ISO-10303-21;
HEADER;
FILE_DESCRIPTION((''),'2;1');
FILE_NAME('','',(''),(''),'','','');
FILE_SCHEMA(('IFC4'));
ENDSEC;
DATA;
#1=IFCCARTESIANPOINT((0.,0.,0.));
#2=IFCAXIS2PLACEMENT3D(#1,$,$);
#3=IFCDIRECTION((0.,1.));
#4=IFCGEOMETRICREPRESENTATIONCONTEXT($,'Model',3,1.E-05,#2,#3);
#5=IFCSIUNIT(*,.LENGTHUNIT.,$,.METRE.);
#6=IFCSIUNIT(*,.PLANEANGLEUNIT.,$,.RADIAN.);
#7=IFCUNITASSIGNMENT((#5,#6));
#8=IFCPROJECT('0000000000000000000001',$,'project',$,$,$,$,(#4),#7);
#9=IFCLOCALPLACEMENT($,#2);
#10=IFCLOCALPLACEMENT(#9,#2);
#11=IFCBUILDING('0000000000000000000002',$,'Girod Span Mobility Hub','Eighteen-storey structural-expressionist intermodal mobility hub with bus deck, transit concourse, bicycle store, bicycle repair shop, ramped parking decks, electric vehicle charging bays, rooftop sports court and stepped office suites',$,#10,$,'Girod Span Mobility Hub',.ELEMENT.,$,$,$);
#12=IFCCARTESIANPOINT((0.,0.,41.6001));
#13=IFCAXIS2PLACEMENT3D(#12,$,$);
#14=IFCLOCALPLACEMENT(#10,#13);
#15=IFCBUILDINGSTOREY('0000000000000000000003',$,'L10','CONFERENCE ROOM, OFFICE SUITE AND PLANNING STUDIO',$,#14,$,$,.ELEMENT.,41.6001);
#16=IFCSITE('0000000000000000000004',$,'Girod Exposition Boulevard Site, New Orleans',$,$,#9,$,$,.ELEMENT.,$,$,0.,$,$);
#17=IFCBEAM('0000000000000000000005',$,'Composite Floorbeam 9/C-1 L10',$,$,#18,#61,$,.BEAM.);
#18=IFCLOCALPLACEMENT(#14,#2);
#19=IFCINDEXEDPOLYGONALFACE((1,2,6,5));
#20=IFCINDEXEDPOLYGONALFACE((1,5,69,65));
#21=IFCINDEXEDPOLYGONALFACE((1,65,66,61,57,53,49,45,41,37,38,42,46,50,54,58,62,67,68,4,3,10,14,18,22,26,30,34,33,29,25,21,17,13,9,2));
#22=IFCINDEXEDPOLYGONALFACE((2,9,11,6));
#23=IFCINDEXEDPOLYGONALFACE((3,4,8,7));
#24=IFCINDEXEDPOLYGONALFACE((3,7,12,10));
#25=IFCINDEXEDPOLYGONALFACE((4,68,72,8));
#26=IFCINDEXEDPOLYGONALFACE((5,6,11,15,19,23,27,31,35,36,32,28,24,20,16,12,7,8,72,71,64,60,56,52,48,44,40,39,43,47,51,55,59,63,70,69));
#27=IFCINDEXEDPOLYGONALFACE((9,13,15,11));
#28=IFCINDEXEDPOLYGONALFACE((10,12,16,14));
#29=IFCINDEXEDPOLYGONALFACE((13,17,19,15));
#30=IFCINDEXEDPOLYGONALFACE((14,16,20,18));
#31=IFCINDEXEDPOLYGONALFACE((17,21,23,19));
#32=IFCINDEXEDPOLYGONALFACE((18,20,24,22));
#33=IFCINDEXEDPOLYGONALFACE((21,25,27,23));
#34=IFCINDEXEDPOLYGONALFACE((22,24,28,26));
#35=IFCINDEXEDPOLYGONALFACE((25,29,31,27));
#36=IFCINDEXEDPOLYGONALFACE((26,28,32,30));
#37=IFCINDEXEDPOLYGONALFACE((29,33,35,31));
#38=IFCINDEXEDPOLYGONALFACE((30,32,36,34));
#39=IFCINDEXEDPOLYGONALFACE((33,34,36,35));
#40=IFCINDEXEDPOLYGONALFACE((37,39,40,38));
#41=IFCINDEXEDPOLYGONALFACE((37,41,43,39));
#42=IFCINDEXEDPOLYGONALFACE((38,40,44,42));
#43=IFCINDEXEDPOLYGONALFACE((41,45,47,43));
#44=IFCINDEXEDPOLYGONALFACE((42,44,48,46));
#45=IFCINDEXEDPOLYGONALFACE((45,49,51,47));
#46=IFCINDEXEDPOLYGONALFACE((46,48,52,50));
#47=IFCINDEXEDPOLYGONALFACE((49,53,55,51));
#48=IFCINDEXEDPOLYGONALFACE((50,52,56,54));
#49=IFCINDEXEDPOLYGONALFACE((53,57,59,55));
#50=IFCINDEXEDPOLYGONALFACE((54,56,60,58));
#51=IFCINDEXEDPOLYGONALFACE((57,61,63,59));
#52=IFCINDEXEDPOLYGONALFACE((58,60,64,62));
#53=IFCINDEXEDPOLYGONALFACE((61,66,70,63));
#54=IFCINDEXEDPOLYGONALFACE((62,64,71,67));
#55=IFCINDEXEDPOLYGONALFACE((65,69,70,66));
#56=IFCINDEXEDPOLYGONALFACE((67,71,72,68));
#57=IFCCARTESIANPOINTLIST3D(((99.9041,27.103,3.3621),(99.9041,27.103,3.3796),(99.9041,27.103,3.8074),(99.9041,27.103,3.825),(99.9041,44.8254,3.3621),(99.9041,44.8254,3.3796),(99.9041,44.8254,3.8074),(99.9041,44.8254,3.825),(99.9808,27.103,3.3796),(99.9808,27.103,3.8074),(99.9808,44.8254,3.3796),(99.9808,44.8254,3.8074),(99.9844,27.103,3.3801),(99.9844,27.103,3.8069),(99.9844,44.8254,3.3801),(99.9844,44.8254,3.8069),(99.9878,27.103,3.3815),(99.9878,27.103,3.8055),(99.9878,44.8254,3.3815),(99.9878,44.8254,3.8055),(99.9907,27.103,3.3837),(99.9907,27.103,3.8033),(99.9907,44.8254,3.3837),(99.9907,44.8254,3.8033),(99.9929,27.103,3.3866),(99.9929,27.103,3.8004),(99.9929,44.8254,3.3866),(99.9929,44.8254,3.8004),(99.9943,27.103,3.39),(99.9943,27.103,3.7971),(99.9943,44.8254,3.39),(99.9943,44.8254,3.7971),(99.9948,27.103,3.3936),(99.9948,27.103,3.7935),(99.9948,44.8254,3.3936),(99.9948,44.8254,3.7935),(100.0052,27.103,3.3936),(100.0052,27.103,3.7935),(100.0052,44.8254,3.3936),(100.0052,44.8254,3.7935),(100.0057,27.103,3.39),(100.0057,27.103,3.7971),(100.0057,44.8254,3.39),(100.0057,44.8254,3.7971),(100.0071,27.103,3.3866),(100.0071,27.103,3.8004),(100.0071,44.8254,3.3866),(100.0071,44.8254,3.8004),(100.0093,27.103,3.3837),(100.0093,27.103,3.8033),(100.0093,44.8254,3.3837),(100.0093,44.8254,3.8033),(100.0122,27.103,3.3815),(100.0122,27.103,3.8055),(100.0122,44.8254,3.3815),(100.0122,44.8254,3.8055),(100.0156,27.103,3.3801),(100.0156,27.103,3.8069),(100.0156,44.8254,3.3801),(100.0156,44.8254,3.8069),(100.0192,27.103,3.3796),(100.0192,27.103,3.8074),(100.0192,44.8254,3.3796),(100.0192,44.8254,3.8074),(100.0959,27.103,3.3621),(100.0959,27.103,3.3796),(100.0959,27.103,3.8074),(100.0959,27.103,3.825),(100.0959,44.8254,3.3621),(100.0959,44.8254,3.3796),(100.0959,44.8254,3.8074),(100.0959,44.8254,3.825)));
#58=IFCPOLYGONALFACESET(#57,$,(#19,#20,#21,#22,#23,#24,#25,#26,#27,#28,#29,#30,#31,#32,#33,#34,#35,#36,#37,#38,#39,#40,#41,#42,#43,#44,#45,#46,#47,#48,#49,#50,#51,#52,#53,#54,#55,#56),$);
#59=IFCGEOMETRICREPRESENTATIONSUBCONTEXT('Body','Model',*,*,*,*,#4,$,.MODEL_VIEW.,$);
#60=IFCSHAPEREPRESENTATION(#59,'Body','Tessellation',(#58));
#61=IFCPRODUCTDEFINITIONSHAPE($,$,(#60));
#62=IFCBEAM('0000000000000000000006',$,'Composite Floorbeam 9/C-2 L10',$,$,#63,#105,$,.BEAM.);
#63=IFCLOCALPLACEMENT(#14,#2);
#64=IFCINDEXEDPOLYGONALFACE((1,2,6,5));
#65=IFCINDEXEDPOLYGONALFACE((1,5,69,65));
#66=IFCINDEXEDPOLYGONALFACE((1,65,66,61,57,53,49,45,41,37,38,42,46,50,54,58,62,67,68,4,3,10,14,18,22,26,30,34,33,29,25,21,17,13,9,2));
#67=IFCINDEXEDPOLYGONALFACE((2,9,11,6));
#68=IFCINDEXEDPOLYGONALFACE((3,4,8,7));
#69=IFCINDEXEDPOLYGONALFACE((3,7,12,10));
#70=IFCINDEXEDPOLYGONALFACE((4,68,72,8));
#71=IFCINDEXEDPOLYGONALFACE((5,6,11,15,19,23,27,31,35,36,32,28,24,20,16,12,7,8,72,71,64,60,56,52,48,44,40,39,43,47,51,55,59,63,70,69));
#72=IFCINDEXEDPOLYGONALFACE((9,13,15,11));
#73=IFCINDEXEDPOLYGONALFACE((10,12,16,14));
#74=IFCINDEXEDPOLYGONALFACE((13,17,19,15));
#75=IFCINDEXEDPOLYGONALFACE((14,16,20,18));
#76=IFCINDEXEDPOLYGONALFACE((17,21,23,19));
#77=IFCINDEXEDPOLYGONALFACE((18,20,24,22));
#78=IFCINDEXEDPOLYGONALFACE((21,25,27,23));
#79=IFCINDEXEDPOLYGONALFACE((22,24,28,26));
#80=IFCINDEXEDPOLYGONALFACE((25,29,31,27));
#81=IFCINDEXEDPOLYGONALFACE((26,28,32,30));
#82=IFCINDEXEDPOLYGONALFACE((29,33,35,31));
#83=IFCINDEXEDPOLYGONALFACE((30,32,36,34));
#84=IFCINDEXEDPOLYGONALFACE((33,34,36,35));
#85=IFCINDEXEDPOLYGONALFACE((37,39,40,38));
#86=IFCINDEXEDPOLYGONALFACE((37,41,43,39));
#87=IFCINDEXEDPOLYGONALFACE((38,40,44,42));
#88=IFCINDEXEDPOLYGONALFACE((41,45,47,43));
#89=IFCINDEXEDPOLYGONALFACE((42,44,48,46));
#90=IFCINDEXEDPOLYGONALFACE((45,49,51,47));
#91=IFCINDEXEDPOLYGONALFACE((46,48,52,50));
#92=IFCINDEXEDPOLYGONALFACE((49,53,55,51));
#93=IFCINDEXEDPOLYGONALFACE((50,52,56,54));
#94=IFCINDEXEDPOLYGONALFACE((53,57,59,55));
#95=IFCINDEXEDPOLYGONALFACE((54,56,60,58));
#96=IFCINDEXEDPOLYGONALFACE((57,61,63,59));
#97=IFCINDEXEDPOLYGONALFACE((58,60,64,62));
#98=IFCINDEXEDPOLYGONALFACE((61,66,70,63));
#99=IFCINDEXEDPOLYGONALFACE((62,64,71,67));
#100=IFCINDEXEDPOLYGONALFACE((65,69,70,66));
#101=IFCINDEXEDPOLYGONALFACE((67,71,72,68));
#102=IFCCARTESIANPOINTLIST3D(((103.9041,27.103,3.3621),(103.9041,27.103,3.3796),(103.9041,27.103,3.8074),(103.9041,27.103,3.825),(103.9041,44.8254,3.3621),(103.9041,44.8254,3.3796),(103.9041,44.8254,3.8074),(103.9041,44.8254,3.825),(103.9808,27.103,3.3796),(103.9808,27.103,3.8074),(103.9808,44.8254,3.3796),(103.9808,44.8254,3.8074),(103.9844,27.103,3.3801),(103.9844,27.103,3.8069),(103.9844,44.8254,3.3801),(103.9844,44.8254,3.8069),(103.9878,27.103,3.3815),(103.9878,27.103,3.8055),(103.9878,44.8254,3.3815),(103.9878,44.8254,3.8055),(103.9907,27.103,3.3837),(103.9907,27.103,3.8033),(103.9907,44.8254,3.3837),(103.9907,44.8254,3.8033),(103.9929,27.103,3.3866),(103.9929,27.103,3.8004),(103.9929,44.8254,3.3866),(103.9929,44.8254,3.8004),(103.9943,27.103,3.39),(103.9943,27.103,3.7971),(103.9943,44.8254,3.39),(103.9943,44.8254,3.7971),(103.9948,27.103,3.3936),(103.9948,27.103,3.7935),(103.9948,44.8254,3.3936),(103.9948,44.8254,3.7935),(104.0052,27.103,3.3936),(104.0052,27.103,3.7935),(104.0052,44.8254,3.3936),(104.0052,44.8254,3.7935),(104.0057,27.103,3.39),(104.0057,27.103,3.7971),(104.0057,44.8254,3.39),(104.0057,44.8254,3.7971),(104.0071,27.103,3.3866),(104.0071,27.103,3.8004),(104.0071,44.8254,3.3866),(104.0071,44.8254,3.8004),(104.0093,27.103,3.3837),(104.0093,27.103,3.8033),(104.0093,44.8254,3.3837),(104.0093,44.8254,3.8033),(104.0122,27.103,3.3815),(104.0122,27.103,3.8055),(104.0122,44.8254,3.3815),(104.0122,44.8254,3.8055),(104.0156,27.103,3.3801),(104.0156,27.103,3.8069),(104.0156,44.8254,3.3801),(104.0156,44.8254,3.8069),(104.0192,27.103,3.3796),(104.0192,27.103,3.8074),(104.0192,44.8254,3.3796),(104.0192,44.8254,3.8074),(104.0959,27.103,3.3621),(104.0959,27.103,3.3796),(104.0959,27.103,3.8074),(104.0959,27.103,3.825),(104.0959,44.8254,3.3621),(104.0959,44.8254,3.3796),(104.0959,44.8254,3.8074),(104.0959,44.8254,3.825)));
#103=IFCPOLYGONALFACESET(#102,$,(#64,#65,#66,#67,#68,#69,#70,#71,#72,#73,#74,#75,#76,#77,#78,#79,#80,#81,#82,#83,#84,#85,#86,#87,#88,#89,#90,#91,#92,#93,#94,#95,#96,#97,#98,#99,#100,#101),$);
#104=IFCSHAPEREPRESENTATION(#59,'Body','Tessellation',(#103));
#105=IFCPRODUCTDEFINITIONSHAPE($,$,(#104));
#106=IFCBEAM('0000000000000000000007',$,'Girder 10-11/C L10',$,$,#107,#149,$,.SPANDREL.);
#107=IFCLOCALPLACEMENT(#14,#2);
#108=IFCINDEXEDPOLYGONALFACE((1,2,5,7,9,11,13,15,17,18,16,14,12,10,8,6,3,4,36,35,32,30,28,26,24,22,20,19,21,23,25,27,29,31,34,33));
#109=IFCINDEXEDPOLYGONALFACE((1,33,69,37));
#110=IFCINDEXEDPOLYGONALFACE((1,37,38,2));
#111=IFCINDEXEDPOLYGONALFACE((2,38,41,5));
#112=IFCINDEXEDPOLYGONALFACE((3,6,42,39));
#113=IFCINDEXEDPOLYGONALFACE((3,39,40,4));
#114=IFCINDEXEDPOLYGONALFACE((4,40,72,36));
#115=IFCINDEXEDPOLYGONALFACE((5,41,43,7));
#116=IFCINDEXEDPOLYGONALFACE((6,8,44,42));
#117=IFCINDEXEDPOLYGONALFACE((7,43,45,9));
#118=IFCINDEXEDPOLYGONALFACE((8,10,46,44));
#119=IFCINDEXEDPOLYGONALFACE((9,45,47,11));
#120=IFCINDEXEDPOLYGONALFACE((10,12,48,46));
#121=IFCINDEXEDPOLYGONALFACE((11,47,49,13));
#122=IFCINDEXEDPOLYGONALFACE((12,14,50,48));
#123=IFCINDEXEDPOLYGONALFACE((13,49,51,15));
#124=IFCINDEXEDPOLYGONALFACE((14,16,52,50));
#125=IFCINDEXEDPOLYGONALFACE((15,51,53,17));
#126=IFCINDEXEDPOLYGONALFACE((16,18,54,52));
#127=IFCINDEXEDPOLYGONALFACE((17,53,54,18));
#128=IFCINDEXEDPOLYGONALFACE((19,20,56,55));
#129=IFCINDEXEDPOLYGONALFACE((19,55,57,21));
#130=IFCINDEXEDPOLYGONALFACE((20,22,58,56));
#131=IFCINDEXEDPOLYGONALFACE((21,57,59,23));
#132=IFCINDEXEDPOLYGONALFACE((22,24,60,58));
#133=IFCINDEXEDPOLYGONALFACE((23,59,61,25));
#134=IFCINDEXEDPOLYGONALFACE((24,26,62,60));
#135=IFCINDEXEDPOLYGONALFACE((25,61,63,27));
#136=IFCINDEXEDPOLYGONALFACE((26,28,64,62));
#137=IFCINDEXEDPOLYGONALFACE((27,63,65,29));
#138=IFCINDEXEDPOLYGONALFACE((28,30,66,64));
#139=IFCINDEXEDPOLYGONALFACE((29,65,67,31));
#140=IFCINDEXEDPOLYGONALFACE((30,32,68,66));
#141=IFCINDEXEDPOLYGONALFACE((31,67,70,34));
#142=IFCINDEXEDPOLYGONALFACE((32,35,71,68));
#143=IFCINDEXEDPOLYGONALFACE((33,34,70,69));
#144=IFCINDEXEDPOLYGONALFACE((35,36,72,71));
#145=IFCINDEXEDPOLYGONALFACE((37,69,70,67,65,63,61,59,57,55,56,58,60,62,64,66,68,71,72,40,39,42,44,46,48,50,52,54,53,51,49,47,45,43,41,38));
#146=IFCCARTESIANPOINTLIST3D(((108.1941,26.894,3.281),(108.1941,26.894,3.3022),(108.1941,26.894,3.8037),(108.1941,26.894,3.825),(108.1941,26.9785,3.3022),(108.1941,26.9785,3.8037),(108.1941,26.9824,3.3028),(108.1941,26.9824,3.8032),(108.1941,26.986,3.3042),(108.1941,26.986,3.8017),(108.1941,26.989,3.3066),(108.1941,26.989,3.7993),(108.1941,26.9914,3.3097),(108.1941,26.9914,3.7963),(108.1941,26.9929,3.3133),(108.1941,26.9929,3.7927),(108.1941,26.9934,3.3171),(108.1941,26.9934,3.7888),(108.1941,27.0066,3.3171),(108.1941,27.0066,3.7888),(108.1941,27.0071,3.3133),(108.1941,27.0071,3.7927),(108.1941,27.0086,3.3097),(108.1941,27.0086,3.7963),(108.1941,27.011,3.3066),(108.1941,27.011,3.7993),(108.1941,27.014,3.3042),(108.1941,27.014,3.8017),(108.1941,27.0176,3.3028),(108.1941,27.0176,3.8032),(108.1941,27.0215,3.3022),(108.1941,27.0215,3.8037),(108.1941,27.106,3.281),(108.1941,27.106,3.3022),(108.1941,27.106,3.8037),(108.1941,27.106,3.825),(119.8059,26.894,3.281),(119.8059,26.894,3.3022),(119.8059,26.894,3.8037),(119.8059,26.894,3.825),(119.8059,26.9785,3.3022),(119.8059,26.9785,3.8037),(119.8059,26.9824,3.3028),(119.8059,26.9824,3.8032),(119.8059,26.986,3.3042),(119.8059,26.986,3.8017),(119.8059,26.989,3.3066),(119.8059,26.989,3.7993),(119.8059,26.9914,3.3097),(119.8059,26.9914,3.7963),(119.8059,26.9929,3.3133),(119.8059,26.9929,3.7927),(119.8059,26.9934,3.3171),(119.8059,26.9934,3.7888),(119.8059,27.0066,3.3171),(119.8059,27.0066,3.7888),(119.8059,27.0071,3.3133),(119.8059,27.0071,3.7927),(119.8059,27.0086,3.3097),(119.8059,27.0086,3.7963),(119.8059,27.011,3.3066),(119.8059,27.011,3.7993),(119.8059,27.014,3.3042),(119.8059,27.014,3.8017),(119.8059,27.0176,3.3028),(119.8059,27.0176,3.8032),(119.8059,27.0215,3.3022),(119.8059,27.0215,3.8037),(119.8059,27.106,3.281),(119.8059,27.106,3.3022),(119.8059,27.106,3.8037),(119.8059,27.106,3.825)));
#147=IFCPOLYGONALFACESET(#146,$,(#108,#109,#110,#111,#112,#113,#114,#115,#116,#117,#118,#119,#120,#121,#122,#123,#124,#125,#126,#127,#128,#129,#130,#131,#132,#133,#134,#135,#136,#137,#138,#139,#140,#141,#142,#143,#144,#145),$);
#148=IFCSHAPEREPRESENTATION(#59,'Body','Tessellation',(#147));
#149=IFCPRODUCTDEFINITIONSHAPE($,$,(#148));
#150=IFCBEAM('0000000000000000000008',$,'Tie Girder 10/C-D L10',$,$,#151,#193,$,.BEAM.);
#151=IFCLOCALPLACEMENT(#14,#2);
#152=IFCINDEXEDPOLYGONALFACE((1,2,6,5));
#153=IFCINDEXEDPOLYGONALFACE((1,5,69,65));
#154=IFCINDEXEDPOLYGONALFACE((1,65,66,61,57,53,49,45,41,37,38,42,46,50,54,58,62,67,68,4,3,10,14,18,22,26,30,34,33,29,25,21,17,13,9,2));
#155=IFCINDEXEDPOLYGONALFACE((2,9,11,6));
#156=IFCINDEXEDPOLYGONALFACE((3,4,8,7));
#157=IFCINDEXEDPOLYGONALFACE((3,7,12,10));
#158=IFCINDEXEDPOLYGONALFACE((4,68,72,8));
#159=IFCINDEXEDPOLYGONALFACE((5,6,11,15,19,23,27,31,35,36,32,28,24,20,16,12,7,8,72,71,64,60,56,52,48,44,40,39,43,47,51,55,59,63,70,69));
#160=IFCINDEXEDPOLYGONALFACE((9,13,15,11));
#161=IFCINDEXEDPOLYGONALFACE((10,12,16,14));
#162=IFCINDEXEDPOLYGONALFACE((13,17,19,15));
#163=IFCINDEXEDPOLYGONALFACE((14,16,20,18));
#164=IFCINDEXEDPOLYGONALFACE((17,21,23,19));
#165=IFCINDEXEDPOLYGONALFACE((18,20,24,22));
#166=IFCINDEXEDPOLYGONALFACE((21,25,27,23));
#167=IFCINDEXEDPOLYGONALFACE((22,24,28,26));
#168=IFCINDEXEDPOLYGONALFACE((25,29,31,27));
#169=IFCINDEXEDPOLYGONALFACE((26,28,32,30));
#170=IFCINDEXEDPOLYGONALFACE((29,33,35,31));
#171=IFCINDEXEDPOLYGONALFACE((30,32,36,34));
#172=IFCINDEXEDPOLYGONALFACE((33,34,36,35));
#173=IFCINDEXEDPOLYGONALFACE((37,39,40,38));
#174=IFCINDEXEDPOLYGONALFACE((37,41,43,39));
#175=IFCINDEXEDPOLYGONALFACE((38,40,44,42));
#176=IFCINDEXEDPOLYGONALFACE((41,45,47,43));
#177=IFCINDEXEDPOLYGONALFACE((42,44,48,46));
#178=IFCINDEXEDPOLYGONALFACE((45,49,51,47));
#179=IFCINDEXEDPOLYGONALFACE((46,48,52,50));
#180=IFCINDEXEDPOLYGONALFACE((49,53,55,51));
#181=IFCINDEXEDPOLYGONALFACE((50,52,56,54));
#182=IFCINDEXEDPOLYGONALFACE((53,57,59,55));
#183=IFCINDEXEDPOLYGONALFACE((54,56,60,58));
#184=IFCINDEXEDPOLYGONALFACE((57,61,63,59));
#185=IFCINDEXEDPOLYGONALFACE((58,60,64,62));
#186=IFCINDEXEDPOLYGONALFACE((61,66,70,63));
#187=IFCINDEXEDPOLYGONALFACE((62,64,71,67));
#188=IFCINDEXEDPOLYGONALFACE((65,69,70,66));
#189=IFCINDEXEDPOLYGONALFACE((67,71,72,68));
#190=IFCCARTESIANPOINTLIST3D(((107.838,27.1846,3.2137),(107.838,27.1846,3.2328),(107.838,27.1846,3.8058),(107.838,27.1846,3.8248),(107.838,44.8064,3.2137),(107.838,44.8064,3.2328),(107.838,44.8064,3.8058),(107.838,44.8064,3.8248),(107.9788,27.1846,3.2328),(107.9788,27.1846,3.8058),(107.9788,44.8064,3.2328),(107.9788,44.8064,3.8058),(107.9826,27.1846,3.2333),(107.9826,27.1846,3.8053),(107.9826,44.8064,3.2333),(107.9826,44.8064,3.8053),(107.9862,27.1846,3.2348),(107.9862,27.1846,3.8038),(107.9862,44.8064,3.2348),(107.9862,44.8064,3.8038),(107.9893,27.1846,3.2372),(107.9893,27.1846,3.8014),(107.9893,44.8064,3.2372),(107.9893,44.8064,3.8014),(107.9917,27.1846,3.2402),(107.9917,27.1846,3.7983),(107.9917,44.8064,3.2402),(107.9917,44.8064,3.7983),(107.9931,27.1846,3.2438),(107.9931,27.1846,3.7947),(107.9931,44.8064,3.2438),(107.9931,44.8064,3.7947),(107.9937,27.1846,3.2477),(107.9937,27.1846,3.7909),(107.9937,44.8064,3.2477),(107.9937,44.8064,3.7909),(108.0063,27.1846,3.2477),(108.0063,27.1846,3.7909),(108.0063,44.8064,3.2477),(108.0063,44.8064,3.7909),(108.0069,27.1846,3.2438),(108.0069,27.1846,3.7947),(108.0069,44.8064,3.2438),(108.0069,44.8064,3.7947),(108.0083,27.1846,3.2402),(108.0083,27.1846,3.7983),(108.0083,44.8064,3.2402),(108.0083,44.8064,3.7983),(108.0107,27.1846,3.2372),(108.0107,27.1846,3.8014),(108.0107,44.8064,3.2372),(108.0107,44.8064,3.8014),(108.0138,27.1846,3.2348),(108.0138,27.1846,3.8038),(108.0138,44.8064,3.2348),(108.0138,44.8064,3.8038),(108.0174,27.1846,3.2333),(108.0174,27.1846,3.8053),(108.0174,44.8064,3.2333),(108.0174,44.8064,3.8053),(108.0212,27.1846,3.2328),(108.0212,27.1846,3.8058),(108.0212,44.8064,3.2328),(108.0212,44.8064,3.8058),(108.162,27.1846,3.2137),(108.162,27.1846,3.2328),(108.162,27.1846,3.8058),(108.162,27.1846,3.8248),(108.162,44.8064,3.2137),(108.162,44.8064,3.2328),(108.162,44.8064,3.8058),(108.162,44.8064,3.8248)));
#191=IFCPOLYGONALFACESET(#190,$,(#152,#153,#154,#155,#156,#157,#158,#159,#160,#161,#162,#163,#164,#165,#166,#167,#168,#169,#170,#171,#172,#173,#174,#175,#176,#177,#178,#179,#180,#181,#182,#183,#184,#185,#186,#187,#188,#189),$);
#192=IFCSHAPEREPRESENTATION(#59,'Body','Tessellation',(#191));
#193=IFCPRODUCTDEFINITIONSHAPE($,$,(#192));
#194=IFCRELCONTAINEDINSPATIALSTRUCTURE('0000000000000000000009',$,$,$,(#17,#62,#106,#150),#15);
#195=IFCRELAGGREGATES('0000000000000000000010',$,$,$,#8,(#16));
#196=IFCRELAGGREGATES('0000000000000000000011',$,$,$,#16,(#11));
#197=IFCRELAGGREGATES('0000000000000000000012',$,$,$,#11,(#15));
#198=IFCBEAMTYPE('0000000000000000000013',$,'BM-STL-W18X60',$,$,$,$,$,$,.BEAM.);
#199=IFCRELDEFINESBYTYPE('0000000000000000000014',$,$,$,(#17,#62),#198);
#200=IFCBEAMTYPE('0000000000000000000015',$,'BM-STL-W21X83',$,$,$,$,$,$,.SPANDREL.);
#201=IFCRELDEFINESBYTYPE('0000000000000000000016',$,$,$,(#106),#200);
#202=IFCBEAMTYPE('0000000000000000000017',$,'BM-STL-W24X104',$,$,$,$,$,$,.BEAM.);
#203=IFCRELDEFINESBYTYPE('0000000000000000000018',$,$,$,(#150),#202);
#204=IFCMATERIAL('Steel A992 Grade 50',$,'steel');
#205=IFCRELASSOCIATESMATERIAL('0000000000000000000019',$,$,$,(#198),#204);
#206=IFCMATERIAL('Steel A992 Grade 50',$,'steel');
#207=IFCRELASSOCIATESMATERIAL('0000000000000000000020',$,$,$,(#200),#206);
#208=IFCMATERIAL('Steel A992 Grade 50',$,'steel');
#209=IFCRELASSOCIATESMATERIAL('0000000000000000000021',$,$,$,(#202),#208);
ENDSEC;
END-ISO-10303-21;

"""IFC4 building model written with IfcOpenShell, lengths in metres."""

from ifc_helpers import new_model, si_unit, direction, frame, origin, origin_2d, place, context, subcontext, project, spatial, i_section, extrude, material, material_profile, profile_set, type_object, element, save


model = new_model("IFC4")

# Units and contexts
model_context = context("Model", 3, precision=1e-05, world=origin(), true_north=direction((0.0, 1.0)))
body_context = subcontext(model_context, "Body", "Model", "MODEL_VIEW")
ifc_project = project(units=[si_unit("LENGTHUNIT", "METRE"), si_unit("PLANEANGLEUNIT", "RADIAN")], contexts=[model_context])

# Site, building, storey
site_placement = place(None, origin())
site = spatial("IfcSite", under=ifc_project, at=site_placement, Name="Girod Exposition Boulevard Site, New Orleans", CompositionType="ELEMENT", RefElevation=0.0)
building_placement = place(site_placement, origin())
building = spatial("IfcBuilding", under=site, at=building_placement, Name="Girod Span Mobility Hub", Description="Eighteen-storey structural-expressionist intermodal mobility hub with bus deck, transit concourse, bicycle store, bicycle repair shop, ramped parking decks, electric vehicle charging bays, rooftop sports court and stepped office suites", LongName="Girod Span Mobility Hub", CompositionType="ELEMENT")
storey_placement = place(building_placement, frame((0.0, 0.0, 41.6001)))
storey = spatial("IfcBuildingStorey", under=building, at=storey_placement, Name="L10", Description="CONFERENCE ROOM, OFFICE SUITE AND PLANNING STUDIO", CompositionType="ELEMENT", Elevation=41.6001)

# Beams
ifc_material_1 = material(Name="Steel A992 Grade 50", Category="steel")
ifc_material_profile_1 = material_profile(ifc_material_1, i_section(OverallWidth=0.1919, OverallDepth=0.4629, WebThickness=0.0105, FlangeThickness=0.0176, FilletRadius=0.0139, at=origin_2d()), Name="W18X60")
ifc_profile_set_1 = profile_set([ifc_material_profile_1], Name="Steel A992 Grade 50")
beam_type_1 = type_object("IfcBeamType", Name="BM-STL-W18X60", PredefinedType="BEAM", material=ifc_profile_set_1)
for number, where, z_axis, x_axis, name in (
    (1, (100.0, 27.103, 3.5935), (0.0, 1.0, 0.0), (-1.0, 0.0, 0.0), "Composite Floorbeam 9/C-1 L10"),
    (2, (104.0, 27.103, 3.5935), (0.0, 1.0, 0.0), (-1.0, 0.0, 0.0), "Composite Floorbeam 9/C-2 L10"),
):
    element("IfcBeam", number, at=place(storey_placement, frame(where, z_axis=z_axis, x_axis=x_axis)), inside=storey, type_object=beam_type_1, Name=name, PredefinedType="BEAM", context=body_context, shape_type="SweptSolid", body=[
        extrude(i_section(OverallWidth=0.1919, OverallDepth=0.4629, WebThickness=0.0105, FlangeThickness=0.0176, FilletRadius=0.0139, at=origin_2d()), origin(), (0.0, 0.0, 1.0), 17.7224),
    ])
ifc_material_2 = material(Name="Steel A992 Grade 50", Category="steel")
ifc_material_profile_2 = material_profile(ifc_material_2, i_section(OverallWidth=0.2119, OverallDepth=0.5439, WebThickness=0.0132, FlangeThickness=0.0212, FilletRadius=0.0149, at=origin_2d()), Name="W21X83")
ifc_profile_set_2 = profile_set([ifc_material_profile_2], Name="Steel A992 Grade 50")
beam_type_2 = type_object("IfcBeamType", Name="BM-STL-W21X83", PredefinedType="SPANDREL", material=ifc_profile_set_2)
beam_1_placement = place(storey_placement, frame((108.1941, 27.0, 3.553), z_axis=(1.0, 0.0, 0.0), x_axis=(0.0, 1.0, 0.0)))
element("IfcBeam", 3, at=beam_1_placement, inside=storey, type_object=beam_type_2, Name="Girder 10-11/C L10", PredefinedType="SPANDREL", context=body_context, shape_type="SweptSolid", body=[
    extrude(i_section(OverallWidth=0.2119, OverallDepth=0.5439, WebThickness=0.0132, FlangeThickness=0.0212, FilletRadius=0.0149, at=origin_2d()), origin(), (0.0, 0.0, 1.0), 11.6118),
])
ifc_material_3 = material(Name="Steel A992 Grade 50", Category="steel")
ifc_material_profile_3 = material_profile(ifc_material_3, i_section(OverallWidth=0.324, OverallDepth=0.6111, WebThickness=0.0127, FlangeThickness=0.019, FilletRadius=0.0149, at=origin_2d()), Name="W24X104")
ifc_profile_set_3 = profile_set([ifc_material_profile_3], Name="Steel A992 Grade 50")
beam_type_3 = type_object("IfcBeamType", Name="BM-STL-W24X104", PredefinedType="BEAM", material=ifc_profile_set_3)
beam_2_placement = place(storey_placement, frame((108.0, 27.1846, 3.5193), z_axis=(0.0, 1.0, 0.0), x_axis=(-1.0, 0.0, 0.0)))
element("IfcBeam", 4, at=beam_2_placement, inside=storey, type_object=beam_type_3, Name="Tie Girder 10/C-D L10", PredefinedType="BEAM", context=body_context, shape_type="SweptSolid", body=[
    extrude(i_section(OverallWidth=0.324, OverallDepth=0.6111, WebThickness=0.0127, FlangeThickness=0.019, FilletRadius=0.0149, at=origin_2d()), origin(), (0.0, 0.0, 1.0), 17.6218),
])

save(model, "model.ifc")
